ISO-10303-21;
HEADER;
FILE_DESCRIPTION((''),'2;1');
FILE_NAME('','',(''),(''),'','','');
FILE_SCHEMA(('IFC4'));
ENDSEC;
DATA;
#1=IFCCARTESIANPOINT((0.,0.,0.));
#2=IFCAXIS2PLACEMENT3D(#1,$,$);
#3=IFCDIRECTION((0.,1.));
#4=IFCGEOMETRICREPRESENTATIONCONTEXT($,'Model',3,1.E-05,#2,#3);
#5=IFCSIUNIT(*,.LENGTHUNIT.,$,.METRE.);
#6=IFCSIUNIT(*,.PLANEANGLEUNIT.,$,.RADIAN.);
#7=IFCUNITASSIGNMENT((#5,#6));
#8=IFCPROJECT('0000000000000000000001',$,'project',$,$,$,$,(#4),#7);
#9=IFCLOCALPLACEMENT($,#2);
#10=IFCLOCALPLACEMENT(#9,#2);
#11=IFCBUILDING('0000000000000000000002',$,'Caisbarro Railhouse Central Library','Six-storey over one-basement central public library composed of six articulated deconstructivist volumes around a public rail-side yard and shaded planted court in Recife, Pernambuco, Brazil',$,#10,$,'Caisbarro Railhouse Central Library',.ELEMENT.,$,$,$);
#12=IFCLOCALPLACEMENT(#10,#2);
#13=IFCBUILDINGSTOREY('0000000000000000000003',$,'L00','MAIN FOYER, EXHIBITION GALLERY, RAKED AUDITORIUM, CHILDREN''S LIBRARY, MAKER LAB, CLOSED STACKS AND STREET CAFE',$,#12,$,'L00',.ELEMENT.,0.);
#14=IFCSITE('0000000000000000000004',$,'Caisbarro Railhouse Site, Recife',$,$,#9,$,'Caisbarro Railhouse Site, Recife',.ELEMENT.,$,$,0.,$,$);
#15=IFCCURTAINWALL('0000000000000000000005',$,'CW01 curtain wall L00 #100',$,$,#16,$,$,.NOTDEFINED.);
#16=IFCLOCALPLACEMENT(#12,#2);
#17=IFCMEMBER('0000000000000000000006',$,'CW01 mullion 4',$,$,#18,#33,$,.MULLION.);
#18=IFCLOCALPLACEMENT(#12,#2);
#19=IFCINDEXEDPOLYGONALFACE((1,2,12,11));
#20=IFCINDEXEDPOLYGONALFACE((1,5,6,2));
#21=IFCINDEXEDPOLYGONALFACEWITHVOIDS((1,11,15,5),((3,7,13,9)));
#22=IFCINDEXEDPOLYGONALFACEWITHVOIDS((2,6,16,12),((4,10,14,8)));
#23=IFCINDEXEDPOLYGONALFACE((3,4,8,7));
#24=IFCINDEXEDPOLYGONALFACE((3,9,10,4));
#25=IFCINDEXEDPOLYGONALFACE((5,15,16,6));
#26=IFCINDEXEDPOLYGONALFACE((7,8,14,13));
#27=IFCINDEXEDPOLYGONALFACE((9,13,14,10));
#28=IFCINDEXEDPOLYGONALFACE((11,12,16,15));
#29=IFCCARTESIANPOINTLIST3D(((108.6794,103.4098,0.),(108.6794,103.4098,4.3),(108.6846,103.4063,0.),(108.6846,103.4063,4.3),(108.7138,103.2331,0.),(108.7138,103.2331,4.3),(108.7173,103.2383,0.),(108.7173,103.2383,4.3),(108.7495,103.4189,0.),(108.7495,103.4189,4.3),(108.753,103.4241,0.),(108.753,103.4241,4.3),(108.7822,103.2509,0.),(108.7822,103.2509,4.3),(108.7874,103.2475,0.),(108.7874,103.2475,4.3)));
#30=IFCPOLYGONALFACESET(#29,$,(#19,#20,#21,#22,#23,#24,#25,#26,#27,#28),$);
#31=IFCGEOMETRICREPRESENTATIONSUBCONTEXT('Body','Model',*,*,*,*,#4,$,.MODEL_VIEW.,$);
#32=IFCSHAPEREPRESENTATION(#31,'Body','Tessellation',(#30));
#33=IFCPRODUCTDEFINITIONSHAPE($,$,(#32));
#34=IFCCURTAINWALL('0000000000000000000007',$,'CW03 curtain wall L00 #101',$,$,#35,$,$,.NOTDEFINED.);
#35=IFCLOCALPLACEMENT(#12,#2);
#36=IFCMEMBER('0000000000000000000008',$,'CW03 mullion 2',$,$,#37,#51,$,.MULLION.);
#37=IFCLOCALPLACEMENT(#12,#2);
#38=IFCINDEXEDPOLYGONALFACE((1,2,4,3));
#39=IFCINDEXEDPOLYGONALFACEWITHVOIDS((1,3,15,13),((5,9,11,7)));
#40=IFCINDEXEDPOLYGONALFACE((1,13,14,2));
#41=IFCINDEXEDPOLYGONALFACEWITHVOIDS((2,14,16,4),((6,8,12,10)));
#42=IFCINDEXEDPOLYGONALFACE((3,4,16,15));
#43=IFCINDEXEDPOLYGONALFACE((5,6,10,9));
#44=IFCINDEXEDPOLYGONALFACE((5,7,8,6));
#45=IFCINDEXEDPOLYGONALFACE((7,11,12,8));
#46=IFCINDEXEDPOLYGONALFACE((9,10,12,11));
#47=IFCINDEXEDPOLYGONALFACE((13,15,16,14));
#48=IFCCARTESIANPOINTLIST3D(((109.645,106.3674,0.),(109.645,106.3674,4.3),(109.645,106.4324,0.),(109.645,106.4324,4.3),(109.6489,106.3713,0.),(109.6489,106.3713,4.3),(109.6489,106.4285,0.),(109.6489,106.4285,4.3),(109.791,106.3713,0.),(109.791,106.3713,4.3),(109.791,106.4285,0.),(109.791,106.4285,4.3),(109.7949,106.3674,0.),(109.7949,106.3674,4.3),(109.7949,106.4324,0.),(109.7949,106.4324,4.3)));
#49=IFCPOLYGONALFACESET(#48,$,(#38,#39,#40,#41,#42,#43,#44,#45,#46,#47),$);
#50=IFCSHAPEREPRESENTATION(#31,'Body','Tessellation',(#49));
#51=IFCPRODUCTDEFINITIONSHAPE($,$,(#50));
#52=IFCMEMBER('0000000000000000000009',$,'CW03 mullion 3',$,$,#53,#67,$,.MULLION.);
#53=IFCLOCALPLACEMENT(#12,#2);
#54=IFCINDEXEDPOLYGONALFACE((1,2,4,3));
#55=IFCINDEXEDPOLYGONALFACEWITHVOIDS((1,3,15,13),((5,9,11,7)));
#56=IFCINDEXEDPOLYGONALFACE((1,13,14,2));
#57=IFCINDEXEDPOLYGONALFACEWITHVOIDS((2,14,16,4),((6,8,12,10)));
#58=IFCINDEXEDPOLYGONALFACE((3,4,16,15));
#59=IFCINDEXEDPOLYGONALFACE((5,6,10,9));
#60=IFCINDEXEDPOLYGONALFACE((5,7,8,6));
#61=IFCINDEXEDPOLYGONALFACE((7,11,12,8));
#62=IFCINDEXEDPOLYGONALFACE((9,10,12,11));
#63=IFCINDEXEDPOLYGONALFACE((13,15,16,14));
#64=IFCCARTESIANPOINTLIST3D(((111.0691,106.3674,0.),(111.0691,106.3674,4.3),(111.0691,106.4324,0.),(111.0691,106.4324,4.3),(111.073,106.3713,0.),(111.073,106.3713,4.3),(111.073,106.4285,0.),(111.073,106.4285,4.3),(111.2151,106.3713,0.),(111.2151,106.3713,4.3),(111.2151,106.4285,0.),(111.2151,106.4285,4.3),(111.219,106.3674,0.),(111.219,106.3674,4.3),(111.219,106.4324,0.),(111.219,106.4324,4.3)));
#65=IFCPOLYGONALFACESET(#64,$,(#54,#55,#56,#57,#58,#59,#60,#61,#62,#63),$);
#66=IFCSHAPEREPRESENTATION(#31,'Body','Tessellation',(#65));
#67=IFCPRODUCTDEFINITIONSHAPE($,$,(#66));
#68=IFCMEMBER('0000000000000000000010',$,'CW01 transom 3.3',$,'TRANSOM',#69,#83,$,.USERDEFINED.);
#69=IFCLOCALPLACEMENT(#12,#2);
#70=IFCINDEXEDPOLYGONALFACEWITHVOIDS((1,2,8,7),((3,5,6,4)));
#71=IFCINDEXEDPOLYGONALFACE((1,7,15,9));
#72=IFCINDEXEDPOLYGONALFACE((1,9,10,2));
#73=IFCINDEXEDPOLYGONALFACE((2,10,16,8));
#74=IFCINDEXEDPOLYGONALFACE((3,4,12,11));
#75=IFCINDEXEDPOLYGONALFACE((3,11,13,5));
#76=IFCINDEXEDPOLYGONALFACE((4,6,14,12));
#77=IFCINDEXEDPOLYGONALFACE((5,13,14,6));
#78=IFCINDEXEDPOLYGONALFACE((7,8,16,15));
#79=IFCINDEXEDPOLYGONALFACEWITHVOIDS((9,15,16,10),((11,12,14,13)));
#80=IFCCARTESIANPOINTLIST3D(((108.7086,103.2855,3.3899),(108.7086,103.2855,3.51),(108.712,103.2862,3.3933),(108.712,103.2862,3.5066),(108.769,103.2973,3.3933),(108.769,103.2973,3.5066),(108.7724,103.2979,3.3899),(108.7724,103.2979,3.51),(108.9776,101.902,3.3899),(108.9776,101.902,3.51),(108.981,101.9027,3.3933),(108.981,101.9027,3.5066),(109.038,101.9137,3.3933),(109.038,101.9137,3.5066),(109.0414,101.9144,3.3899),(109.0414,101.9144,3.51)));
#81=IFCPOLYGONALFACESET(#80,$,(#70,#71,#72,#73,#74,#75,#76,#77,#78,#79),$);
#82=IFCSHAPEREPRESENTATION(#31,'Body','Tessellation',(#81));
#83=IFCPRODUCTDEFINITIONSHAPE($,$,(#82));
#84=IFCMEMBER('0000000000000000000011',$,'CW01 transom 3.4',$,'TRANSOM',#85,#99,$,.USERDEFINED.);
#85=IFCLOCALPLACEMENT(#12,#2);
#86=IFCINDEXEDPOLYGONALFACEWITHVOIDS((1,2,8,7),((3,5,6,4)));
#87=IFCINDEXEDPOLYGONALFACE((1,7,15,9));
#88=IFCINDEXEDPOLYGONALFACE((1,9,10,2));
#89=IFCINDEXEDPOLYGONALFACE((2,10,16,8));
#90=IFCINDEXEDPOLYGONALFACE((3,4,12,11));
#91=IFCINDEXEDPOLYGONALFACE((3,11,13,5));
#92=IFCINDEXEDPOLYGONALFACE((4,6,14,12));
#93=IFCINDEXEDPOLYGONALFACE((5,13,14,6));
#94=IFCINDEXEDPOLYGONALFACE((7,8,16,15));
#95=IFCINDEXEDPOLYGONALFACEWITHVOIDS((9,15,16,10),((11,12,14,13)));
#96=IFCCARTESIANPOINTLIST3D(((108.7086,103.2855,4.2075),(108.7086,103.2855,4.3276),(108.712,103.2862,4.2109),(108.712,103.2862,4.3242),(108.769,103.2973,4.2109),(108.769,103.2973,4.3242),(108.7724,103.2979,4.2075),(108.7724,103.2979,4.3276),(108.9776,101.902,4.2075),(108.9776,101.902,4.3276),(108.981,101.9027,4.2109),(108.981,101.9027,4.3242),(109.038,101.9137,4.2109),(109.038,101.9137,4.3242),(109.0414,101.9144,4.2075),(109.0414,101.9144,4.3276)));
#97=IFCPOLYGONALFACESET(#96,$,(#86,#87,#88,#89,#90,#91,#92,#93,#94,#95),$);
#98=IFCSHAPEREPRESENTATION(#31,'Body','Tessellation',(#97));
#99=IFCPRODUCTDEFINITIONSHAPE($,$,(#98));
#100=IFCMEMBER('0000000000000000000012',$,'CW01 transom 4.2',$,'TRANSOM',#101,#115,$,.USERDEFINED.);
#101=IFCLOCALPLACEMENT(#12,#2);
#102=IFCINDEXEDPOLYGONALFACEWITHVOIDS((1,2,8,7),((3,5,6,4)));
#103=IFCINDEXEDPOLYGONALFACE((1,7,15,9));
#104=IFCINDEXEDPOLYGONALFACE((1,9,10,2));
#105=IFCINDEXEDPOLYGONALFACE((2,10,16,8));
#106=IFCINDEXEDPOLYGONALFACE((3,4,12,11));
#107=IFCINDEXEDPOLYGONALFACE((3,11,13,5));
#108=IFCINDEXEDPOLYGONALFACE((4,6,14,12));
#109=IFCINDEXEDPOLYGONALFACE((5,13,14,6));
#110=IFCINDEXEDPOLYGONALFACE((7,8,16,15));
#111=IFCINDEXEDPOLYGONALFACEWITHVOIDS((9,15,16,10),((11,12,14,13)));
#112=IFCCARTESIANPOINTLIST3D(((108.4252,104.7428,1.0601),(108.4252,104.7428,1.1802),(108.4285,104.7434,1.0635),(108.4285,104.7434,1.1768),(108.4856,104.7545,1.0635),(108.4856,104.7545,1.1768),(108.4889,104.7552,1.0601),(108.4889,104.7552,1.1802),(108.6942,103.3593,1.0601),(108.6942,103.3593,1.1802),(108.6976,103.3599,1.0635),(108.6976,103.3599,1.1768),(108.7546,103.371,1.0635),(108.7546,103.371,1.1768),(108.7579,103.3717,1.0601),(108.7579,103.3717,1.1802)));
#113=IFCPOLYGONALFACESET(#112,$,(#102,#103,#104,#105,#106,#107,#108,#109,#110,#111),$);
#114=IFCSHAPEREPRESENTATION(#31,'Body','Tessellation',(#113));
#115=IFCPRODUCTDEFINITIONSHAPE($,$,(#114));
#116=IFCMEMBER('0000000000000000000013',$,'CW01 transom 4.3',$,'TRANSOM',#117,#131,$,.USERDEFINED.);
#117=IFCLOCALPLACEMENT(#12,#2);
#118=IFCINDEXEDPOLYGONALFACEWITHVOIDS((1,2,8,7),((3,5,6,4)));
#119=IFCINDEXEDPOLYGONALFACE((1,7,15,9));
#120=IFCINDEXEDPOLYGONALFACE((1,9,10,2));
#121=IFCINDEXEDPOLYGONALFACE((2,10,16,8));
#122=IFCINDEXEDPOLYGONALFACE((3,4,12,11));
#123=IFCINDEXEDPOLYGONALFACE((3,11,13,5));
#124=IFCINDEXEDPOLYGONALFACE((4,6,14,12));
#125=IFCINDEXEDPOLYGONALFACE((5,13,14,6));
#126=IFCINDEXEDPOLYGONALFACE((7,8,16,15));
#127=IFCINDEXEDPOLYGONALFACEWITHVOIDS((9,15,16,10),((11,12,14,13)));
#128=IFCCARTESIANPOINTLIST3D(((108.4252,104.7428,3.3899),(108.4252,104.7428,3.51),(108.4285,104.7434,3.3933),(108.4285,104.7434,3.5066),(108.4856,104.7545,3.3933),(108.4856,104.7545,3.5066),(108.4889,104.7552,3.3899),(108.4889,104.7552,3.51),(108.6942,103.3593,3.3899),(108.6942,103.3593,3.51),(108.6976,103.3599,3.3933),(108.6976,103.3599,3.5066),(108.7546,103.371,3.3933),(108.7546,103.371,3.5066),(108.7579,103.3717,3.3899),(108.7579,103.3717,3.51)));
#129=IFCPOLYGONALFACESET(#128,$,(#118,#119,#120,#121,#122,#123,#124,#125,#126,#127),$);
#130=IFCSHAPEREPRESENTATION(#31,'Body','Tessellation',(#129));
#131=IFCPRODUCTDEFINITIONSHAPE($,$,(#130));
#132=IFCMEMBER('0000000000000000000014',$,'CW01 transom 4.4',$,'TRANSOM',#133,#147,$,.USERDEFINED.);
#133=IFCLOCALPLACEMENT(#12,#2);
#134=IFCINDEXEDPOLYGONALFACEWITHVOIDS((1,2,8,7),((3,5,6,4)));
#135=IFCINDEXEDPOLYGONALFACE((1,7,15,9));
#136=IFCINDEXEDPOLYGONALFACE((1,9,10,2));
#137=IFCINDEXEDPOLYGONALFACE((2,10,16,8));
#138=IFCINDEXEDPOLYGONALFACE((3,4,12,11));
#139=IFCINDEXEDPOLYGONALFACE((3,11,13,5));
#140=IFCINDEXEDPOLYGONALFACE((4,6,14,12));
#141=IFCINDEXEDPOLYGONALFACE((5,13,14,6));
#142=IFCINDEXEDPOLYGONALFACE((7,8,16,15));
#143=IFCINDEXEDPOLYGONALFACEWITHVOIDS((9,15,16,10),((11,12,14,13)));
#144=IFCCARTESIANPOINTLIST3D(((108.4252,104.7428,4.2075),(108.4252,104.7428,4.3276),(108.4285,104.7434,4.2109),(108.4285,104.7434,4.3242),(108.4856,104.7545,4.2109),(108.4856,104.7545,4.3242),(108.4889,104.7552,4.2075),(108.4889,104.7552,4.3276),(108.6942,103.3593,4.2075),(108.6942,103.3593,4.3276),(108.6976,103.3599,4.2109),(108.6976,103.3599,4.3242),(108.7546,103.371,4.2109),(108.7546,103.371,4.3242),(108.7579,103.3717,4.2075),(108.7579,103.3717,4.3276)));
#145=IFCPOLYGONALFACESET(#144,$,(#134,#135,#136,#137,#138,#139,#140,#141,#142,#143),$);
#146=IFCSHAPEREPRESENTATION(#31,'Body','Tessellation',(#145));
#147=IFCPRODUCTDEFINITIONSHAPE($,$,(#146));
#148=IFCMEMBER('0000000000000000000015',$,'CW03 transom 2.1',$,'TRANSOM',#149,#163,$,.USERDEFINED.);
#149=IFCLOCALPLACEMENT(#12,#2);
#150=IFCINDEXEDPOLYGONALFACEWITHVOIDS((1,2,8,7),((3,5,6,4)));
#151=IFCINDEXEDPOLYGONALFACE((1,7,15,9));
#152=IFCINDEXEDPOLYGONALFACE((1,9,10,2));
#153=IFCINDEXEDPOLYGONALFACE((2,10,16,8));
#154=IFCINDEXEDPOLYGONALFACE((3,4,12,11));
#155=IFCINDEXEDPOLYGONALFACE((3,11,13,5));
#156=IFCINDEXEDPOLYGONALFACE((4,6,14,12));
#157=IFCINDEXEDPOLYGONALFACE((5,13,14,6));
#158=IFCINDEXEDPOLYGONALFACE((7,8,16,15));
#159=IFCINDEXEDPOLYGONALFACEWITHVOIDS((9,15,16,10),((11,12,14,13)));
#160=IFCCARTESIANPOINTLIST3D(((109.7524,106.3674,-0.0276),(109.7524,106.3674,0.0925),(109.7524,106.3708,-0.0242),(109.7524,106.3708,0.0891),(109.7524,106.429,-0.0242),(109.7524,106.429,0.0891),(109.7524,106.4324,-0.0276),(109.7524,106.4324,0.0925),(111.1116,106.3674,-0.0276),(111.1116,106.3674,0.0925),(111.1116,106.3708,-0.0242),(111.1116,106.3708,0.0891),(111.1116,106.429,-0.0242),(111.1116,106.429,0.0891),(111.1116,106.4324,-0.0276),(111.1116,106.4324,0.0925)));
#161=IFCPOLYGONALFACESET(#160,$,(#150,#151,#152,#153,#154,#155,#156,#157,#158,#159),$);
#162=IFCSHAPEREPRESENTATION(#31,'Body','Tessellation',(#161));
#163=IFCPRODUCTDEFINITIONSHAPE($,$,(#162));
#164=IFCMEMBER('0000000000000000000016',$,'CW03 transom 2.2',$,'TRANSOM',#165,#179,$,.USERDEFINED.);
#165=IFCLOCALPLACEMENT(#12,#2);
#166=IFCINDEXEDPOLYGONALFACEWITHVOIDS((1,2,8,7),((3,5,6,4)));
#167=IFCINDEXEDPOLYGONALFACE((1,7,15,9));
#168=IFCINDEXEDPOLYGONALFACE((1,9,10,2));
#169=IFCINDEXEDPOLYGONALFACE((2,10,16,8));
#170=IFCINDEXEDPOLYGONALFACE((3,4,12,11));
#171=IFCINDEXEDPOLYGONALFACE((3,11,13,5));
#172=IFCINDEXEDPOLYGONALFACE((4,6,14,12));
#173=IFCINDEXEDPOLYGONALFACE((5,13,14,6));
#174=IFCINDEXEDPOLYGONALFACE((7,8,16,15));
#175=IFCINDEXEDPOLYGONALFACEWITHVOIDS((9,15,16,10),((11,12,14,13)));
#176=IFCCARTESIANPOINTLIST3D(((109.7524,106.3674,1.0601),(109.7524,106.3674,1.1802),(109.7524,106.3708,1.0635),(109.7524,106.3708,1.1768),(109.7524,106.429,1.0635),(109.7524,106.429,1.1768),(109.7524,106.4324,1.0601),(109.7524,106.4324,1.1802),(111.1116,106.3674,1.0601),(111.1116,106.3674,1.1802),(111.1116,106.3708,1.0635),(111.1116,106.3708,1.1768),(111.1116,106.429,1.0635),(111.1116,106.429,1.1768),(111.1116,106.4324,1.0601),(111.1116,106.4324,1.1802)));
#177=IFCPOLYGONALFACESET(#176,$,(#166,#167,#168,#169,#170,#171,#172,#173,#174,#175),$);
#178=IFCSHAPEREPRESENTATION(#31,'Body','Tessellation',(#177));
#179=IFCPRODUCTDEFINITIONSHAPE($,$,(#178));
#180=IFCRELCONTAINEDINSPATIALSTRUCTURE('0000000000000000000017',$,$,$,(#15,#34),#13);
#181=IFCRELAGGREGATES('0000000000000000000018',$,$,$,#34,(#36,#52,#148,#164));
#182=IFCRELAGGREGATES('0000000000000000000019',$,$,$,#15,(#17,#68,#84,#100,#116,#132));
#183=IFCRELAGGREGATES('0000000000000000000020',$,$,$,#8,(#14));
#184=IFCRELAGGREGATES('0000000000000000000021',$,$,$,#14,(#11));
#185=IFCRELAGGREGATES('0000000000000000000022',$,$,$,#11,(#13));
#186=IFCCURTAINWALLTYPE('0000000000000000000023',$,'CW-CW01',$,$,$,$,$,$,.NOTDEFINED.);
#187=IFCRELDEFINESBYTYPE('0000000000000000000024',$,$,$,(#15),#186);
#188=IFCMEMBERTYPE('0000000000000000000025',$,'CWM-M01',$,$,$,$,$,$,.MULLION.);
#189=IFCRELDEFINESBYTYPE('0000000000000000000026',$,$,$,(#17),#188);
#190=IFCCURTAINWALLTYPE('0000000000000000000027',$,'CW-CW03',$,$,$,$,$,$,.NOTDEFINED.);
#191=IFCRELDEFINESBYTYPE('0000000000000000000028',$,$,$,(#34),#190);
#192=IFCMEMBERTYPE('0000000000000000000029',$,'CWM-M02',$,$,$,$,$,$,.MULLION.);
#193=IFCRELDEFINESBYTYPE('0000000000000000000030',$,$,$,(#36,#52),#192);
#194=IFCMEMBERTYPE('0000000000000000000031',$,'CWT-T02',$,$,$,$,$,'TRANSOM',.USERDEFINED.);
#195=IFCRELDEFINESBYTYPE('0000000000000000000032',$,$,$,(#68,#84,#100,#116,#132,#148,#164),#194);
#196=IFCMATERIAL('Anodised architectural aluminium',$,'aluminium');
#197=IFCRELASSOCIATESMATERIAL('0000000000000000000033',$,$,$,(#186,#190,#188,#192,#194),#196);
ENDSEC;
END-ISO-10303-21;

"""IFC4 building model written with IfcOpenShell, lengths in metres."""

from ifc_helpers import new_model, si_unit, direction, frame, origin, origin_2d, place, context, subcontext, project, spatial, hollow_rectangle, extrude, material, material_profile, profile_set, type_object, element, aggregate, save


model = new_model("IFC4")

# Units and contexts
model_context = context("Model", 3, precision=1e-05, world=origin(), true_north=direction((0.0, 1.0)))
body_context = subcontext(model_context, "Body", "Model", "MODEL_VIEW")
ifc_project = project(units=[si_unit("LENGTHUNIT", "METRE"), si_unit("PLANEANGLEUNIT", "RADIAN")], contexts=[model_context])

# Site, building, storey
site_placement = place(None, origin())
site = spatial("IfcSite", under=ifc_project, at=site_placement, Name="Caisbarro Railhouse Site, Recife", LongName="Caisbarro Railhouse Site, Recife", CompositionType="ELEMENT", RefElevation=0.0)
building_placement = place(site_placement, origin())
building = spatial("IfcBuilding", under=site, at=building_placement, Name="Caisbarro Railhouse Central Library", Description="Six-storey over one-basement central public library composed of six articulated deconstructivist volumes around a public rail-side yard and shaded planted court in Recife, Pernambuco, Brazil", LongName="Caisbarro Railhouse Central Library", CompositionType="ELEMENT")
storey_placement = place(building_placement, origin())
storey = spatial("IfcBuildingStorey", under=building, at=storey_placement, Name="L00", Description="MAIN FOYER, EXHIBITION GALLERY, RAKED AUDITORIUM, CHILDREN'S LIBRARY, MAKER LAB, CLOSED STACKS AND STREET CAFE", LongName="L00", CompositionType="ELEMENT", Elevation=0.0)

# Curtain wall, member
ifc_material_1 = material(Name="Anodised architectural aluminium", Category="aluminium")
curtain_wall_type_1 = type_object("IfcCurtainWallType", Name="CW-CW01", PredefinedType="NOTDEFINED", material=ifc_material_1)
curtain_wall_1_placement = place(storey_placement, origin())
curtain_wall_1 = element("IfcCurtainWall", 1, at=curtain_wall_1_placement, inside=storey, type_object=curtain_wall_type_1, Name="CW01 curtain wall L00 #100", PredefinedType="NOTDEFINED")
ifc_material_profile_1 = material_profile(ifc_material_1, hollow_rectangle(XDim=0.075, YDim=0.1799, WallThickness=0.0044, at=origin_2d()), Name="ALU-MUL-75X180")
ifc_profile_set_1 = profile_set([ifc_material_profile_1], Name="Anodised architectural aluminium")
member_type_1 = type_object("IfcMemberType", Name="CWM-M01", PredefinedType="MULLION", material=ifc_profile_set_1)
member_1_placement = place(storey_placement, frame((108.7334, 103.3286, 0.0), z_axis=(0.0, 0.0, 1.0), x_axis=(-0.981607, -0.190911, 0.0)))
member_1 = element("IfcMember", 2, at=member_1_placement, type_object=member_type_1, Name="CW01 mullion 4", PredefinedType="MULLION", context=body_context, shape_type="SweptSolid", body=[
    extrude(hollow_rectangle(XDim=0.075, YDim=0.1799, WallThickness=0.0044, at=origin_2d()), origin(), (0.0, 0.0, 1.0), 4.3),
])

# Curtain wall, members
curtain_wall_type_2 = type_object("IfcCurtainWallType", Name="CW-CW03", PredefinedType="NOTDEFINED", material=ifc_material_1)
curtain_wall_2_placement = place(storey_placement, origin())
curtain_wall_2 = element("IfcCurtainWall", 3, at=curtain_wall_2_placement, inside=storey, type_object=curtain_wall_type_2, Name="CW03 curtain wall L00 #101", PredefinedType="NOTDEFINED")
ifc_material_profile_2 = material_profile(ifc_material_1, hollow_rectangle(XDim=0.0649, YDim=0.1499, WallThickness=0.0039, at=origin_2d()), Name="ALU-MUL-65X150")
ifc_profile_set_2 = profile_set([ifc_material_profile_2], Name="Anodised architectural aluminium")
member_type_2 = type_object("IfcMemberType", Name="CWM-M02", PredefinedType="MULLION", material=ifc_profile_set_2)
member_2_placement = place(storey_placement, frame((109.72, 106.3999, 0.0), z_axis=(0.0, 0.0, 1.0), x_axis=(0.0, 1.0, 0.0)))
member_2 = element("IfcMember", 4, at=member_2_placement, type_object=member_type_2, Name="CW03 mullion 2", PredefinedType="MULLION", context=body_context, shape_type="SweptSolid", body=[
    extrude(hollow_rectangle(XDim=0.0649, YDim=0.1499, WallThickness=0.0039, at=origin_2d()), origin(), (0.0, 0.0, 1.0), 4.3),
])
member_3_placement = place(storey_placement, frame((111.144, 106.3999, 0.0), z_axis=(0.0, 0.0, 1.0), x_axis=(0.0, 1.0, 0.0)))
member_3 = element("IfcMember", 5, at=member_3_placement, type_object=member_type_2, Name="CW03 mullion 3", PredefinedType="MULLION", context=body_context, shape_type="SweptSolid", body=[
    extrude(hollow_rectangle(XDim=0.0649, YDim=0.1499, WallThickness=0.0039, at=origin_2d()), origin(), (0.0, 0.0, 1.0), 4.3),
])

# Members
ifc_material_profile_3 = material_profile(ifc_material_1, hollow_rectangle(XDim=0.0649, YDim=0.1201, WallThickness=0.0034, at=origin_2d()), Name="ALU-TRN-65X120")
ifc_profile_set_3 = profile_set([ifc_material_profile_3], Name="Anodised architectural aluminium")
member_type_3 = type_object("IfcMemberType", Name="CWT-T02", ElementType="TRANSOM", PredefinedType="USERDEFINED", material=ifc_profile_set_3)
member_4_placement = place(storey_placement, frame((109.0095, 101.9082, 3.45), z_axis=(-0.190884, 0.981613, 0.0), x_axis=(-0.981613, -0.190884, 0.0)))
member_4 = element("IfcMember", 6, at=member_4_placement, type_object=member_type_3, Name="CW01 transom 3.3", ObjectType="TRANSOM", PredefinedType="USERDEFINED", context=body_context, shape_type="SweptSolid", body=[
    extrude(hollow_rectangle(XDim=0.0649, YDim=0.1201, WallThickness=0.0034, at=origin_2d()), origin(), (0.0, 0.0, 1.0), 1.4094),
])
member_5_placement = place(storey_placement, frame((109.0095, 101.9082, 4.2676), z_axis=(-0.190884, 0.981613, 0.0), x_axis=(-0.981613, -0.190884, 0.0)))
member_5 = element("IfcMember", 7, at=member_5_placement, type_object=member_type_3, Name="CW01 transom 3.4", ObjectType="TRANSOM", PredefinedType="USERDEFINED", context=body_context, shape_type="SweptSolid", body=[
    extrude(hollow_rectangle(XDim=0.0649, YDim=0.1201, WallThickness=0.0034, at=origin_2d()), origin(), (0.0, 0.0, 1.0), 1.4094),
])
member_6_placement = place(storey_placement, frame((108.7261, 103.3655, 1.1201), z_axis=(-0.190884, 0.981613, 0.0), x_axis=(-0.981613, -0.190884, 0.0)))
member_6 = element("IfcMember", 8, at=member_6_placement, type_object=member_type_3, Name="CW01 transom 4.2", ObjectType="TRANSOM", PredefinedType="USERDEFINED", context=body_context, shape_type="SweptSolid", body=[
    extrude(hollow_rectangle(XDim=0.0649, YDim=0.1201, WallThickness=0.0034, at=origin_2d()), origin(), (0.0, 0.0, 1.0), 1.4094),
])
member_7_placement = place(storey_placement, frame((108.7261, 103.3655, 3.45), z_axis=(-0.190884, 0.981613, 0.0), x_axis=(-0.981613, -0.190884, 0.0)))
member_7 = element("IfcMember", 9, at=member_7_placement, type_object=member_type_3, Name="CW01 transom 4.3", ObjectType="TRANSOM", PredefinedType="USERDEFINED", context=body_context, shape_type="SweptSolid", body=[
    extrude(hollow_rectangle(XDim=0.0649, YDim=0.1201, WallThickness=0.0034, at=origin_2d()), origin(), (0.0, 0.0, 1.0), 1.4094),
])
member_8_placement = place(storey_placement, frame((108.7261, 103.3655, 4.2676), z_axis=(-0.190884, 0.981613, 0.0), x_axis=(-0.981613, -0.190884, 0.0)))
member_8 = element("IfcMember", 10, at=member_8_placement, type_object=member_type_3, Name="CW01 transom 4.4", ObjectType="TRANSOM", PredefinedType="USERDEFINED", context=body_context, shape_type="SweptSolid", body=[
    extrude(hollow_rectangle(XDim=0.0649, YDim=0.1201, WallThickness=0.0034, at=origin_2d()), origin(), (0.0, 0.0, 1.0), 1.4094),
])
member_9_placement = place(storey_placement, frame((109.7524, 106.3999, 0.0325), z_axis=(1.0, 0.0, 0.0), x_axis=(0.0, 1.0, 0.0)))
member_9 = element("IfcMember", 11, at=member_9_placement, type_object=member_type_3, Name="CW03 transom 2.1", ObjectType="TRANSOM", PredefinedType="USERDEFINED", context=body_context, shape_type="SweptSolid", body=[
    extrude(hollow_rectangle(XDim=0.0649, YDim=0.1201, WallThickness=0.0034, at=origin_2d()), origin(), (0.0, 0.0, 1.0), 1.3591),
])
member_10_placement = place(storey_placement, frame((109.7524, 106.3999, 1.1201), z_axis=(1.0, 0.0, 0.0), x_axis=(0.0, 1.0, 0.0)))
member_10 = element("IfcMember", 12, at=member_10_placement, type_object=member_type_3, Name="CW03 transom 2.2", ObjectType="TRANSOM", PredefinedType="USERDEFINED", context=body_context, shape_type="SweptSolid", body=[
    extrude(hollow_rectangle(XDim=0.0649, YDim=0.1201, WallThickness=0.0034, at=origin_2d()), origin(), (0.0, 0.0, 1.0), 1.3591),
])

aggregate(curtain_wall_2, [member_2, member_3, member_9, member_10])
aggregate(curtain_wall_1, [member_1, member_4, member_5, member_6, member_7, member_8])

save(model, "model.ifc")
